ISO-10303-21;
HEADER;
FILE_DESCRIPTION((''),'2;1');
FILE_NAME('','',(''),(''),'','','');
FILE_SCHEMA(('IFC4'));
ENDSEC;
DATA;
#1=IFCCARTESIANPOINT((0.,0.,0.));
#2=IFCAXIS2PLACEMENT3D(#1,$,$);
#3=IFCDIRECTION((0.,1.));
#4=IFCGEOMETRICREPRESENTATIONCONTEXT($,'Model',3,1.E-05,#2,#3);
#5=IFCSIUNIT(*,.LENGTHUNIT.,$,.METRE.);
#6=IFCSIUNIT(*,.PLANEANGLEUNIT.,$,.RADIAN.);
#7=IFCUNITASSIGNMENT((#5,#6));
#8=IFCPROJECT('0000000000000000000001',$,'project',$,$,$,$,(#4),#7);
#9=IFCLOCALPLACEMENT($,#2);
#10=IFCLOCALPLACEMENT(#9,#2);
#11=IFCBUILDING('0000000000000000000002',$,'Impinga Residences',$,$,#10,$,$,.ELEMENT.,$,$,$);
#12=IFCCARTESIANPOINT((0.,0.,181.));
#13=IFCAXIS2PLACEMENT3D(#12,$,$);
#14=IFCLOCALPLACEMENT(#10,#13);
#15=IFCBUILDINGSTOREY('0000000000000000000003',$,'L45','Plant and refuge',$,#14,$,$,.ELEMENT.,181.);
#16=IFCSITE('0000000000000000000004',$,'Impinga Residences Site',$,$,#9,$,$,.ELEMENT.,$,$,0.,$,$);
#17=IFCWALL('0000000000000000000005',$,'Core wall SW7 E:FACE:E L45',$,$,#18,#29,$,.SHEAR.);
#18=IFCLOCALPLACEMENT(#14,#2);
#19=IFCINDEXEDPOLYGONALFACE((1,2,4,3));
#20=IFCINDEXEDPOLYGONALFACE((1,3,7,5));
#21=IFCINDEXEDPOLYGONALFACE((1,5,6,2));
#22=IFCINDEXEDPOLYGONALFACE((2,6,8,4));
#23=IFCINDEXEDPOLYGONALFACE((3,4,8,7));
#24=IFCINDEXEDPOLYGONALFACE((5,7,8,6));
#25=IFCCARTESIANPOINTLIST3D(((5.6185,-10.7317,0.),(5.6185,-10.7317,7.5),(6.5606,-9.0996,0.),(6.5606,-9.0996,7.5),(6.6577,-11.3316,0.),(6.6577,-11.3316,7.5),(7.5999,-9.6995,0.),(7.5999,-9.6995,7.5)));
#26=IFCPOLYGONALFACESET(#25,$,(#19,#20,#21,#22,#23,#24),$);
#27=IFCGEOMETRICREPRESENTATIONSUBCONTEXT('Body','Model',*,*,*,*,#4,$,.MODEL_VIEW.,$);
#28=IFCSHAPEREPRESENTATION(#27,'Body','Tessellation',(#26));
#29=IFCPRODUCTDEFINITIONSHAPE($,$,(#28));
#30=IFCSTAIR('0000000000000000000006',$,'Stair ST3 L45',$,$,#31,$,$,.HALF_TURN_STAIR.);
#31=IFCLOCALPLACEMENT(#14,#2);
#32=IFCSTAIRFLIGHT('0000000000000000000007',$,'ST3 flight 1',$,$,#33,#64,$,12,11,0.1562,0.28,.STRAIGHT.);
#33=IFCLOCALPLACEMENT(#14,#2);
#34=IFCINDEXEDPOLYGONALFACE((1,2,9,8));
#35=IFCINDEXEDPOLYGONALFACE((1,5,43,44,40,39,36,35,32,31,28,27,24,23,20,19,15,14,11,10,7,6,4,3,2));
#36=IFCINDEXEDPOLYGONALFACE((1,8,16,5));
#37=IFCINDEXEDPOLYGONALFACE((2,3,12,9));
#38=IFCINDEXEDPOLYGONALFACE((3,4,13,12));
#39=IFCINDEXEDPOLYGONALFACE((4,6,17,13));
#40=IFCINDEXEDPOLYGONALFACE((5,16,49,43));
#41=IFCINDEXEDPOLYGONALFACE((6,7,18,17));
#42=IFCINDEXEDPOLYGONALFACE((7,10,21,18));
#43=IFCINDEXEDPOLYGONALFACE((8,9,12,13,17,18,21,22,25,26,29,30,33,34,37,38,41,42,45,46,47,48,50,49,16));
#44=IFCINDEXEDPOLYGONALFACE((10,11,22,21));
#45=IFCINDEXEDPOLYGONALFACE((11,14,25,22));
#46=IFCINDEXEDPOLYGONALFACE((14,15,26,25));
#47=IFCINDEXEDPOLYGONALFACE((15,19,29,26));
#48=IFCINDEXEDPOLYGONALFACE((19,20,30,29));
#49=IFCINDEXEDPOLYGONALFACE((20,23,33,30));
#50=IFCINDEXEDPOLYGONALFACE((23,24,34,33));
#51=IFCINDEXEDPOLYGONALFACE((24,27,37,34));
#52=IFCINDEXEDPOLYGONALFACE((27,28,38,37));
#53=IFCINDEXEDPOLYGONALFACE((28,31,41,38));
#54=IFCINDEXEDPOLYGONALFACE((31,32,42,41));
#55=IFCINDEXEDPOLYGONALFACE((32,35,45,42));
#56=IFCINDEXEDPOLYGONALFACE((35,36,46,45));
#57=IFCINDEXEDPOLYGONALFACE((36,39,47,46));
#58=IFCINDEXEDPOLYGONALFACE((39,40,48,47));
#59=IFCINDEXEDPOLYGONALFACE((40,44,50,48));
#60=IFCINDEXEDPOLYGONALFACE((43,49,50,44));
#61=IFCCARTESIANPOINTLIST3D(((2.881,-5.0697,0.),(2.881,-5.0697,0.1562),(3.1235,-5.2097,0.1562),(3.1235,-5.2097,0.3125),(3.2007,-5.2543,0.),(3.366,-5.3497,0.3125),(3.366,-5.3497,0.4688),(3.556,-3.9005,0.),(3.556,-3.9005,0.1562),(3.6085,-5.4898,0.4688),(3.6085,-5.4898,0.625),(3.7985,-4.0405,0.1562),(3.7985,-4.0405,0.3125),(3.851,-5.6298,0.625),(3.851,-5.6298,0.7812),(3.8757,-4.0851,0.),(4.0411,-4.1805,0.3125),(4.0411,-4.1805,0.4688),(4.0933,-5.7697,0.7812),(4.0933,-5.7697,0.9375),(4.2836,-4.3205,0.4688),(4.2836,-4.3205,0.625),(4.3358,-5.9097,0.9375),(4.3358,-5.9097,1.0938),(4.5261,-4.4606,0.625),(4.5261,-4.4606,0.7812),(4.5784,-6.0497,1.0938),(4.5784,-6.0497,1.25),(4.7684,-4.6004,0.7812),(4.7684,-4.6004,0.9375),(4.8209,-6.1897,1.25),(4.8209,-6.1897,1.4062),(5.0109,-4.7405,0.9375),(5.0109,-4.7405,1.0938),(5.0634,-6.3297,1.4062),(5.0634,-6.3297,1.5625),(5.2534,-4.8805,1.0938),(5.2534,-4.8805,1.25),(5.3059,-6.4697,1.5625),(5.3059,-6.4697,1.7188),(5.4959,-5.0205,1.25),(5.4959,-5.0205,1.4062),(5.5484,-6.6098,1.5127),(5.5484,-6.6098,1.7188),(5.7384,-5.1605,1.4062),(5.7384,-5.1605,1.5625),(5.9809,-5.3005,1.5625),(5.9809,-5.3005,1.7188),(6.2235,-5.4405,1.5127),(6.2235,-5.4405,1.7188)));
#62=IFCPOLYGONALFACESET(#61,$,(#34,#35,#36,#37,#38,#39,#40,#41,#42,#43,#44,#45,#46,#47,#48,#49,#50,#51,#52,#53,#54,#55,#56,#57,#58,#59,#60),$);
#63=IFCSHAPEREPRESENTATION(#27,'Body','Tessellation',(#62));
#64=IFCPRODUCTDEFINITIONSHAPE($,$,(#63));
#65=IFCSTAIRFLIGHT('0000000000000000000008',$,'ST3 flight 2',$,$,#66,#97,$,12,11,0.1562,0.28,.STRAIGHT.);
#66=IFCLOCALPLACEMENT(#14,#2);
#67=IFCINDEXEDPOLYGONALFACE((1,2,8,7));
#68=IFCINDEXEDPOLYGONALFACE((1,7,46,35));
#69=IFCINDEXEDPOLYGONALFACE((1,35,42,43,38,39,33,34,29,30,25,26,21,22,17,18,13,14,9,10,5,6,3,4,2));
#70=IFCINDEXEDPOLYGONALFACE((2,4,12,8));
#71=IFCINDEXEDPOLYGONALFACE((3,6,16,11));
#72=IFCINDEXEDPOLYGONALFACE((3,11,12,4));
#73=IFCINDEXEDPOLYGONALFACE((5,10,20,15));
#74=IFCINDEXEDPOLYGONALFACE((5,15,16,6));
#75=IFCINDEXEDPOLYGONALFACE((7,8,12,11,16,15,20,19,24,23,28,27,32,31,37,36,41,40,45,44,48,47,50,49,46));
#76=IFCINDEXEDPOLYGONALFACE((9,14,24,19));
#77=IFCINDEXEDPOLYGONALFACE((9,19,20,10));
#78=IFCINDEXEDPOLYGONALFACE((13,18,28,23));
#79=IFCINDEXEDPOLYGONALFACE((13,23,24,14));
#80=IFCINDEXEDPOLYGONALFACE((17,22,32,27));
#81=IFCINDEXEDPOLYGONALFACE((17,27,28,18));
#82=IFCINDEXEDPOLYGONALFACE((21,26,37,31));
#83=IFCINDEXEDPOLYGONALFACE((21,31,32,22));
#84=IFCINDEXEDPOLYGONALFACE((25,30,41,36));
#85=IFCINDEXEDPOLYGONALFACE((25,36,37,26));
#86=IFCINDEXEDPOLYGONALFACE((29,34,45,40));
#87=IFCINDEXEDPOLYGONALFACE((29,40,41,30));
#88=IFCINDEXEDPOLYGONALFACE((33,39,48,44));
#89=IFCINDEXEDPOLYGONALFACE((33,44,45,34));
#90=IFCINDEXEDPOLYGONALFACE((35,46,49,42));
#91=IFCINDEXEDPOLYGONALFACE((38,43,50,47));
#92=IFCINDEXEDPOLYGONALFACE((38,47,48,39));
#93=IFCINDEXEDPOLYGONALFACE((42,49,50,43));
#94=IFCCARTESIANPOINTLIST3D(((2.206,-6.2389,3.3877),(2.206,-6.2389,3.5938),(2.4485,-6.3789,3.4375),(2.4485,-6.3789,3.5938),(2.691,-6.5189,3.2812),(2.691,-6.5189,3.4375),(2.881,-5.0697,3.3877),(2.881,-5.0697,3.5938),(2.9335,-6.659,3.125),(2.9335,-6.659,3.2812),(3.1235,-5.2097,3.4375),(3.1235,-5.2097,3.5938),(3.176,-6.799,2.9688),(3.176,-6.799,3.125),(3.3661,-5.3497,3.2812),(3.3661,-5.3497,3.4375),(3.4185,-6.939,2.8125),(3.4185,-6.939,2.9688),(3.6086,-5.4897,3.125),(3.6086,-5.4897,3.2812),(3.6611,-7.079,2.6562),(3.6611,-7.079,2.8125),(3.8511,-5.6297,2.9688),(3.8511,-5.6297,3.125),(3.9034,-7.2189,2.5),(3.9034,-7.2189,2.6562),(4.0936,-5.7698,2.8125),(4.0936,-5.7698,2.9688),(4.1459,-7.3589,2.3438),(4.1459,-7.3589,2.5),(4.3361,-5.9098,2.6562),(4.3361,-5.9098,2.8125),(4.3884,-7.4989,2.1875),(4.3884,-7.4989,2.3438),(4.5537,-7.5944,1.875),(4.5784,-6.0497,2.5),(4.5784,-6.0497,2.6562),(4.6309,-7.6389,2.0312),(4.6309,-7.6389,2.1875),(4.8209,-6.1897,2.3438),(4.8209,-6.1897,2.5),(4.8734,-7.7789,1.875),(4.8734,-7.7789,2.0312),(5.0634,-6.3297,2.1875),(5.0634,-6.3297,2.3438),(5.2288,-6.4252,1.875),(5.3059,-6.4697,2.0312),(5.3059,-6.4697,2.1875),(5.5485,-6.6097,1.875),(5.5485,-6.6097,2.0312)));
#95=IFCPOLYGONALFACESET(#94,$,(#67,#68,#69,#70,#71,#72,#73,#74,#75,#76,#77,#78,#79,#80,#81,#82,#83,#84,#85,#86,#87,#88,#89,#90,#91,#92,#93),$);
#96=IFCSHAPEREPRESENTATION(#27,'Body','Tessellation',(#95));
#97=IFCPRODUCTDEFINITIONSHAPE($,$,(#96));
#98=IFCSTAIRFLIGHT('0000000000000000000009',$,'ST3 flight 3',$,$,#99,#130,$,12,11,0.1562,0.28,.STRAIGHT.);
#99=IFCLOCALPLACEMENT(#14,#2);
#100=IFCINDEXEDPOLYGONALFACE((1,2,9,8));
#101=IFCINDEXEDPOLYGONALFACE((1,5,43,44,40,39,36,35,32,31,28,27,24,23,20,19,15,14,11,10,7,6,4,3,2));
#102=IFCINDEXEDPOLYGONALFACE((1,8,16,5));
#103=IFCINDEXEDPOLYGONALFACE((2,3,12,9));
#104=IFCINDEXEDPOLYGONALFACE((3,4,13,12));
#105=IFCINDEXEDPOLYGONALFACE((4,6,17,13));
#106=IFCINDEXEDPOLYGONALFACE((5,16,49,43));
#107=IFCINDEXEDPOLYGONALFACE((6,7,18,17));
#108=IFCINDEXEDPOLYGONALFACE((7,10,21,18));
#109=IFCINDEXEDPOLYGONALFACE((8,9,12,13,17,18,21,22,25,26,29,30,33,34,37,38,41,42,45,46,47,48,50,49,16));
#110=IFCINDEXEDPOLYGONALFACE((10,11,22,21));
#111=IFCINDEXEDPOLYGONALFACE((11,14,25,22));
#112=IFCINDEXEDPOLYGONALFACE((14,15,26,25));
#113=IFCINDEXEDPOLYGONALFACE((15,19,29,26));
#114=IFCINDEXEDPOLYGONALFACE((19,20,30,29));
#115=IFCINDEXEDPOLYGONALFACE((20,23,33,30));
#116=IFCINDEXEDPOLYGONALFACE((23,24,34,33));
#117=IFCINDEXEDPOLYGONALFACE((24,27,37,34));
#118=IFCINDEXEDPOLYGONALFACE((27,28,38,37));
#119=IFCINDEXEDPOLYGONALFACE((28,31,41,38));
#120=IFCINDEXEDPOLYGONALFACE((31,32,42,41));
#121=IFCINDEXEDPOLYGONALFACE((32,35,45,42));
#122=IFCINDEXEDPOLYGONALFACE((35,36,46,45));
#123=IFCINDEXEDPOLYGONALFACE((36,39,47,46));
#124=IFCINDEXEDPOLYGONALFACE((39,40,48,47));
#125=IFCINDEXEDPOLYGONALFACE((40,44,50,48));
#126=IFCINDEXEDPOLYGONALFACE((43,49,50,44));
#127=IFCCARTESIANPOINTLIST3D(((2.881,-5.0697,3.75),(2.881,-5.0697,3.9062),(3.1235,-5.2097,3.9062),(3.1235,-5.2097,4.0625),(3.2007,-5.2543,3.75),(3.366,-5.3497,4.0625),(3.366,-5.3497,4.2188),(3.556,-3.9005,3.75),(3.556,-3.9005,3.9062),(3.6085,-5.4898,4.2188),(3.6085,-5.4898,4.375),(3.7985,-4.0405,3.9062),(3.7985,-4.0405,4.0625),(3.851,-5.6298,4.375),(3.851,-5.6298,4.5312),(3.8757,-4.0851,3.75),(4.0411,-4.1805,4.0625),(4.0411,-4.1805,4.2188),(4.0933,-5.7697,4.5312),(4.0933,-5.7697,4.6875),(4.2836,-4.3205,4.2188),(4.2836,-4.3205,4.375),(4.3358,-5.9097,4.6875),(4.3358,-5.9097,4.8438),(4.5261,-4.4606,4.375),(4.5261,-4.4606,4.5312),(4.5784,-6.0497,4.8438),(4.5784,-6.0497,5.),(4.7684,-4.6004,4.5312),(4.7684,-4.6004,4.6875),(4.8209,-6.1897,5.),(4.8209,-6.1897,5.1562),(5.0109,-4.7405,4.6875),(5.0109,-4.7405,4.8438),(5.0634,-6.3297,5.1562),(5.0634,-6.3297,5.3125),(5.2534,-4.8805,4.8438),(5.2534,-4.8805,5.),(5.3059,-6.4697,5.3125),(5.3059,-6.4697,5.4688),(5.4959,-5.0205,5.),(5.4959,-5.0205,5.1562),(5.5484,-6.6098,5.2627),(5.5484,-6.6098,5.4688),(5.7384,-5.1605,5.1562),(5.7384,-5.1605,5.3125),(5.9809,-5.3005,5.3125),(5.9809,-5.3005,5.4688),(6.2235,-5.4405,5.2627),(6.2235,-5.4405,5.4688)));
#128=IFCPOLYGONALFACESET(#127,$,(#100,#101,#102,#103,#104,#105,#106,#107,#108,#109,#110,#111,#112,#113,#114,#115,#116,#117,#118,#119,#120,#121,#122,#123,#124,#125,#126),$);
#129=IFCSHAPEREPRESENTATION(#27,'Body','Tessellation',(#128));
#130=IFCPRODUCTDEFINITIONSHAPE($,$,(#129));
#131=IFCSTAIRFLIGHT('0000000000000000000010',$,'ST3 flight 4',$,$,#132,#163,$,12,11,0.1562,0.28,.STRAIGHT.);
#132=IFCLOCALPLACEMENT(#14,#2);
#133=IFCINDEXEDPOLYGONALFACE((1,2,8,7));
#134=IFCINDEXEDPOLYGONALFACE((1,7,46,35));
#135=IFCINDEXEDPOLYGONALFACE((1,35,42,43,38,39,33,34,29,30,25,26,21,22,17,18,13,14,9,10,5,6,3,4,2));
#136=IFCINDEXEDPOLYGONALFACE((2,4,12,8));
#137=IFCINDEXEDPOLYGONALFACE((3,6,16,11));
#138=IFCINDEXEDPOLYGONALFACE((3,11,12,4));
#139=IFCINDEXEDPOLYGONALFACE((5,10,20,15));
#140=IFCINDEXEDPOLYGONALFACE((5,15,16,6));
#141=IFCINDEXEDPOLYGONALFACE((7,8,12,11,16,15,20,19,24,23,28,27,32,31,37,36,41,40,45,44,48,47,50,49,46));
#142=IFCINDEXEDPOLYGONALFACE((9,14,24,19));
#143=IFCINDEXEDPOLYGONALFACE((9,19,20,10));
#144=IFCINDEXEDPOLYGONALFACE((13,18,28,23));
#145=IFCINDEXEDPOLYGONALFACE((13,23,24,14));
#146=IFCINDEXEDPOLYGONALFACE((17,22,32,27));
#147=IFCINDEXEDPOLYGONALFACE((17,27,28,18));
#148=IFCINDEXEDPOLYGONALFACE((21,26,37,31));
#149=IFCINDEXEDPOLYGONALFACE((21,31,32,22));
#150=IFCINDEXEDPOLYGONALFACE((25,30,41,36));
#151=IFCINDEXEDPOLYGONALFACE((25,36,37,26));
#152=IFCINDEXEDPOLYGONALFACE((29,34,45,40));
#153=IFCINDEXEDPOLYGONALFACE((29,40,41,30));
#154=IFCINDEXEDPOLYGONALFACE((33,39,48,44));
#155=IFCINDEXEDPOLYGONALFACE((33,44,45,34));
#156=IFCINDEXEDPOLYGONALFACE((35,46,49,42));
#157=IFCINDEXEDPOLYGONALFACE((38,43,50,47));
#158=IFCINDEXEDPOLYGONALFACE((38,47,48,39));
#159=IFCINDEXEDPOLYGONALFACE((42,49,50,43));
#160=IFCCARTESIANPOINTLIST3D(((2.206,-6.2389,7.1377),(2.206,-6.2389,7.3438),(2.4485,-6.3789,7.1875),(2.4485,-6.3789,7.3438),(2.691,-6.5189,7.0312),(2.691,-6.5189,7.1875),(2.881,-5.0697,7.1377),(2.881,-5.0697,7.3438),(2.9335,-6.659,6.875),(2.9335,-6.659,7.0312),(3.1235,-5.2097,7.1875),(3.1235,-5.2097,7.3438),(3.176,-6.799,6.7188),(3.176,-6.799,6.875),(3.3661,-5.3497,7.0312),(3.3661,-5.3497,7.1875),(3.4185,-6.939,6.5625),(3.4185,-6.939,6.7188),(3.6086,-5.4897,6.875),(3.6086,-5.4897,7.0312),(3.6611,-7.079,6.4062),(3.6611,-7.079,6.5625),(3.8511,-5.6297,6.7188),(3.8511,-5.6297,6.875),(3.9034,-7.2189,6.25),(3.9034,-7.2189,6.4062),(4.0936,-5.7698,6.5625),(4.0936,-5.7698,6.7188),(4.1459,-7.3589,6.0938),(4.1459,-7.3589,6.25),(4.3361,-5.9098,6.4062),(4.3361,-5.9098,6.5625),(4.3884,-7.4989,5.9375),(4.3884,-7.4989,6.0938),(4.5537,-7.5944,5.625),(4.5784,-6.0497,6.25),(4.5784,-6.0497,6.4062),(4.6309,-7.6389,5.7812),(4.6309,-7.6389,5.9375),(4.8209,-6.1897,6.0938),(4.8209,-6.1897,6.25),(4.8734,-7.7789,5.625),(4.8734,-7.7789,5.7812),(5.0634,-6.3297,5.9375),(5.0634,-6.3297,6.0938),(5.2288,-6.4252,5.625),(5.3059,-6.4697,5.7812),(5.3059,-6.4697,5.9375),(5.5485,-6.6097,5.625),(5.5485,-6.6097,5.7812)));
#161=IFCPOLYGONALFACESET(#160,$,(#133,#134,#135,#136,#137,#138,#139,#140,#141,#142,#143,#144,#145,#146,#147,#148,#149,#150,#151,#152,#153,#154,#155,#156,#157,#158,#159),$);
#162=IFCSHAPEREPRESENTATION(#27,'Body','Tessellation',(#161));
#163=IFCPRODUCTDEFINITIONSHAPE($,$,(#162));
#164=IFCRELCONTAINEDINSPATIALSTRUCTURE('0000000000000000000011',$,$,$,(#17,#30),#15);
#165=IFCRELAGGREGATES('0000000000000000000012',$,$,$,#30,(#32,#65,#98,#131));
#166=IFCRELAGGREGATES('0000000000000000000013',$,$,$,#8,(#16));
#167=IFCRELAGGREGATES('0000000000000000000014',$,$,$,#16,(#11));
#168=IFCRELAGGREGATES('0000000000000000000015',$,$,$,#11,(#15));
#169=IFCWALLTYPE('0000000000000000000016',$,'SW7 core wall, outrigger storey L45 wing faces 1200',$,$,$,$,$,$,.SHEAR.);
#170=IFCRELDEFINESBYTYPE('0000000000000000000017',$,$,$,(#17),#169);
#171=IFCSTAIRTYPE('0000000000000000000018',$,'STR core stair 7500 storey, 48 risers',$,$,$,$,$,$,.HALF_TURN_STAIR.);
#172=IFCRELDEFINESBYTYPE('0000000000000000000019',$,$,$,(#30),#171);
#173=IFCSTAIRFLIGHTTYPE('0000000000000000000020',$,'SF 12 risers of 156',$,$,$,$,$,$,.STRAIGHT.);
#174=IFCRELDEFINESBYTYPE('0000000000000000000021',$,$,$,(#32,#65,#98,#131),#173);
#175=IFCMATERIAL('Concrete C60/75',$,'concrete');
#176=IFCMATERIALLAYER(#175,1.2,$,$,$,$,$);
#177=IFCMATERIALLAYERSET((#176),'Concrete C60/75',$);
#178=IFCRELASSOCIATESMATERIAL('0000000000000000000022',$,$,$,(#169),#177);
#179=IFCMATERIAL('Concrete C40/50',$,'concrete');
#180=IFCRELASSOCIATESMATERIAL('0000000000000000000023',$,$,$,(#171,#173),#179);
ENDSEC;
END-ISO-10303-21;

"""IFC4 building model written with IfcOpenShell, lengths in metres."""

from ifc_helpers import new_model, si_unit, direction, frame, frame_2d, origin, place, context, subcontext, project, spatial, polyline, rectangle, outline, extrude, material, layer, layer_set, type_object, element, aggregate, save


model = new_model("IFC4")

# Units and contexts
model_context = context("Model", 3, precision=1e-05, world=origin(), true_north=direction((0.0, 1.0)))
body_context = subcontext(model_context, "Body", "Model", "MODEL_VIEW")
ifc_project = project(units=[si_unit("LENGTHUNIT", "METRE"), si_unit("PLANEANGLEUNIT", "RADIAN")], contexts=[model_context])

# Site, building, storey
site_placement = place(None, origin())
site = spatial("IfcSite", under=ifc_project, at=site_placement, Name="Impinga Residences Site", CompositionType="ELEMENT", RefElevation=0.0)
building_placement = place(site_placement, origin())
building = spatial("IfcBuilding", under=site, at=building_placement, Name="Impinga Residences", CompositionType="ELEMENT")
storey_placement = place(building_placement, frame((0.0, 0.0, 181.0)))
storey = spatial("IfcBuildingStorey", under=building, at=storey_placement, Name="L45", Description="Plant and refuge", CompositionType="ELEMENT", Elevation=181.0)

# Shared definitions
ifc_material_1 = material(Name="Concrete C60/75", Category="concrete")

# Wall
ifc_layer_1 = layer(ifc_material_1, 1.2)
ifc_layer_set_1 = layer_set([ifc_layer_1], Name="Concrete C60/75")
wall_type_1 = type_object("IfcWallType", Name="SW7 core wall, outrigger storey L45 wing faces 1200", PredefinedType="SHEAR", material=ifc_layer_set_1)
wall_1_placement = place(storey_placement, frame((7.0803, -9.3994, 0.0), z_axis=(0.0, 0.0, 1.0), x_axis=(-0.499943, -0.866058, 0.0)))
element("IfcWall", 1, at=wall_1_placement, inside=storey, type_object=wall_type_1, Name="Core wall SW7 E:FACE:E L45", PredefinedType="SHEAR", context=body_context, shape_type="SweptSolid", body=[
    extrude(rectangle(XDim=1.8845, YDim=1.2, at=frame_2d((0.9424, 0.0))), origin(), (0.0, 0.0, 1.0), 7.5),
])

# Stair, stair flights
ifc_material_2 = material(Name="Concrete C40/50", Category="concrete")
stair_type = type_object("IfcStairType", Name="STR core stair 7500 storey, 48 risers", PredefinedType="HALF_TURN_STAIR", material=ifc_material_2)
stair_placement = place(storey_placement, origin())
stair = element("IfcStair", 2, at=stair_placement, inside=storey, type_object=stair_type, Name="Stair ST3 L45", PredefinedType="HALF_TURN_STAIR")
stair_flight_type = type_object("IfcStairFlightType", Name="SF 12 risers of 156", PredefinedType="STRAIGHT", material=ifc_material_2)
stair_flight_1_placement = place(storey_placement, frame((3.2185, -4.4851, 0.0), z_axis=(0.0, 0.0, 1.0), x_axis=(0.866025, -0.5, 0.0)))
stair_flight_1 = element("IfcStairFlight", 3, at=stair_flight_1_placement, type_object=stair_flight_type, Name="ST3 flight 1", NumberOfRisers=12, NumberOfTreads=11, PredefinedType="STRAIGHT", RiserHeight=0.1562, TreadLength=0.28, context=body_context, shape_type="SweptSolid", body=[
    extrude(outline(polyline([(0.0, 0.0), (0.0, 0.1562), (0.28, 0.1562), (0.28, 0.3125), (0.5601, 0.3125), (0.5601, 0.4688), (0.8401, 0.4688), (0.8401, 0.625), (1.1201, 0.625), (1.1201, 0.7812), (1.3999, 0.7812), (1.3999, 0.9375), (1.6799, 0.9375), (1.6799, 1.0938), (1.96, 1.0938), (1.96, 1.25), (2.24, 1.25), (2.24, 1.4062), (2.52, 1.4062), (2.52, 1.5625), (2.8, 1.5625), (2.8, 1.7188), (3.0801, 1.7188), (3.0801, 1.875), (3.0801, 1.5127), (0.3691, 0.0), (0.0, 0.0)])), frame((0.0, 0.675, 0.0), z_axis=(0.0, -1.0, 0.0), x_axis=(1.0, 0.0, 0.0)), (0.0, 0.0, 1.0), 1.3501),
])
stair_flight_2_placement = place(storey_placement, frame((5.2109, -7.1943, 1.875), z_axis=(0.0, 0.0, 1.0), x_axis=(-0.866025, 0.5, 0.0)))
stair_flight_2 = element("IfcStairFlight", 4, at=stair_flight_2_placement, type_object=stair_flight_type, Name="ST3 flight 2", NumberOfRisers=12, NumberOfTreads=11, PredefinedType="STRAIGHT", RiserHeight=0.1562, TreadLength=0.28, context=body_context, shape_type="SweptSolid", body=[
    extrude(outline(polyline([(0.0, 0.0), (0.0, 0.1562), (0.28, 0.1562), (0.28, 0.3125), (0.5601, 0.3125), (0.5601, 0.4688), (0.8401, 0.4688), (0.8401, 0.625), (1.1201, 0.625), (1.1201, 0.7812), (1.3999, 0.7812), (1.3999, 0.9375), (1.6799, 0.9375), (1.6799, 1.0938), (1.96, 1.0938), (1.96, 1.25), (2.24, 1.25), (2.24, 1.4062), (2.52, 1.4062), (2.52, 1.5625), (2.8, 1.5625), (2.8, 1.7188), (3.0801, 1.7188), (3.0801, 1.875), (3.0801, 1.5127), (0.3691, 0.0), (0.0, 0.0)])), frame((0.0, 0.675, 0.0), z_axis=(0.0, -1.0, 0.0), x_axis=(1.0, 0.0, 0.0)), (0.0, 0.0, 1.0), 1.3501),
])
stair_flight_3_placement = place(storey_placement, frame((3.2185, -4.4851, 3.75), z_axis=(0.0, 0.0, 1.0), x_axis=(0.866025, -0.5, 0.0)))
stair_flight_3 = element("IfcStairFlight", 5, at=stair_flight_3_placement, type_object=stair_flight_type, Name="ST3 flight 3", NumberOfRisers=12, NumberOfTreads=11, PredefinedType="STRAIGHT", RiserHeight=0.1562, TreadLength=0.28, context=body_context, shape_type="SweptSolid", body=[
    extrude(outline(polyline([(0.0, 0.0), (0.0, 0.1562), (0.28, 0.1562), (0.28, 0.3125), (0.5601, 0.3125), (0.5601, 0.4688), (0.8401, 0.4688), (0.8401, 0.625), (1.1201, 0.625), (1.1201, 0.7812), (1.3999, 0.7812), (1.3999, 0.9375), (1.6799, 0.9375), (1.6799, 1.0938), (1.96, 1.0938), (1.96, 1.25), (2.24, 1.25), (2.24, 1.4062), (2.52, 1.4062), (2.52, 1.5625), (2.8, 1.5625), (2.8, 1.7188), (3.0801, 1.7188), (3.0801, 1.875), (3.0801, 1.5127), (0.3691, 0.0), (0.0, 0.0)])), frame((0.0, 0.675, 0.0), z_axis=(0.0, -1.0, 0.0), x_axis=(1.0, 0.0, 0.0)), (0.0, 0.0, 1.0), 1.3501),
])
stair_flight_4_placement = place(storey_placement, frame((5.2109, -7.1943, 5.625), z_axis=(0.0, 0.0, 1.0), x_axis=(-0.866025, 0.5, 0.0)))
stair_flight_4 = element("IfcStairFlight", 6, at=stair_flight_4_placement, type_object=stair_flight_type, Name="ST3 flight 4", NumberOfRisers=12, NumberOfTreads=11, PredefinedType="STRAIGHT", RiserHeight=0.1562, TreadLength=0.28, context=body_context, shape_type="SweptSolid", body=[
    extrude(outline(polyline([(0.0, 0.0), (0.0, 0.1562), (0.28, 0.1562), (0.28, 0.3125), (0.5601, 0.3125), (0.5601, 0.4688), (0.8401, 0.4688), (0.8401, 0.625), (1.1201, 0.625), (1.1201, 0.7812), (1.3999, 0.7812), (1.3999, 0.9375), (1.6799, 0.9375), (1.6799, 1.0938), (1.96, 1.0938), (1.96, 1.25), (2.24, 1.25), (2.24, 1.4062), (2.52, 1.4062), (2.52, 1.5625), (2.8, 1.5625), (2.8, 1.7188), (3.0801, 1.7188), (3.0801, 1.875), (3.0801, 1.5127), (0.3691, 0.0), (0.0, 0.0)])), frame((0.0, 0.675, 0.0), z_axis=(0.0, -1.0, 0.0), x_axis=(1.0, 0.0, 0.0)), (0.0, 0.0, 1.0), 1.3501),
])
aggregate(stair, [stair_flight_1, stair_flight_2, stair_flight_3, stair_flight_4])

save(model, "model.ifc")
